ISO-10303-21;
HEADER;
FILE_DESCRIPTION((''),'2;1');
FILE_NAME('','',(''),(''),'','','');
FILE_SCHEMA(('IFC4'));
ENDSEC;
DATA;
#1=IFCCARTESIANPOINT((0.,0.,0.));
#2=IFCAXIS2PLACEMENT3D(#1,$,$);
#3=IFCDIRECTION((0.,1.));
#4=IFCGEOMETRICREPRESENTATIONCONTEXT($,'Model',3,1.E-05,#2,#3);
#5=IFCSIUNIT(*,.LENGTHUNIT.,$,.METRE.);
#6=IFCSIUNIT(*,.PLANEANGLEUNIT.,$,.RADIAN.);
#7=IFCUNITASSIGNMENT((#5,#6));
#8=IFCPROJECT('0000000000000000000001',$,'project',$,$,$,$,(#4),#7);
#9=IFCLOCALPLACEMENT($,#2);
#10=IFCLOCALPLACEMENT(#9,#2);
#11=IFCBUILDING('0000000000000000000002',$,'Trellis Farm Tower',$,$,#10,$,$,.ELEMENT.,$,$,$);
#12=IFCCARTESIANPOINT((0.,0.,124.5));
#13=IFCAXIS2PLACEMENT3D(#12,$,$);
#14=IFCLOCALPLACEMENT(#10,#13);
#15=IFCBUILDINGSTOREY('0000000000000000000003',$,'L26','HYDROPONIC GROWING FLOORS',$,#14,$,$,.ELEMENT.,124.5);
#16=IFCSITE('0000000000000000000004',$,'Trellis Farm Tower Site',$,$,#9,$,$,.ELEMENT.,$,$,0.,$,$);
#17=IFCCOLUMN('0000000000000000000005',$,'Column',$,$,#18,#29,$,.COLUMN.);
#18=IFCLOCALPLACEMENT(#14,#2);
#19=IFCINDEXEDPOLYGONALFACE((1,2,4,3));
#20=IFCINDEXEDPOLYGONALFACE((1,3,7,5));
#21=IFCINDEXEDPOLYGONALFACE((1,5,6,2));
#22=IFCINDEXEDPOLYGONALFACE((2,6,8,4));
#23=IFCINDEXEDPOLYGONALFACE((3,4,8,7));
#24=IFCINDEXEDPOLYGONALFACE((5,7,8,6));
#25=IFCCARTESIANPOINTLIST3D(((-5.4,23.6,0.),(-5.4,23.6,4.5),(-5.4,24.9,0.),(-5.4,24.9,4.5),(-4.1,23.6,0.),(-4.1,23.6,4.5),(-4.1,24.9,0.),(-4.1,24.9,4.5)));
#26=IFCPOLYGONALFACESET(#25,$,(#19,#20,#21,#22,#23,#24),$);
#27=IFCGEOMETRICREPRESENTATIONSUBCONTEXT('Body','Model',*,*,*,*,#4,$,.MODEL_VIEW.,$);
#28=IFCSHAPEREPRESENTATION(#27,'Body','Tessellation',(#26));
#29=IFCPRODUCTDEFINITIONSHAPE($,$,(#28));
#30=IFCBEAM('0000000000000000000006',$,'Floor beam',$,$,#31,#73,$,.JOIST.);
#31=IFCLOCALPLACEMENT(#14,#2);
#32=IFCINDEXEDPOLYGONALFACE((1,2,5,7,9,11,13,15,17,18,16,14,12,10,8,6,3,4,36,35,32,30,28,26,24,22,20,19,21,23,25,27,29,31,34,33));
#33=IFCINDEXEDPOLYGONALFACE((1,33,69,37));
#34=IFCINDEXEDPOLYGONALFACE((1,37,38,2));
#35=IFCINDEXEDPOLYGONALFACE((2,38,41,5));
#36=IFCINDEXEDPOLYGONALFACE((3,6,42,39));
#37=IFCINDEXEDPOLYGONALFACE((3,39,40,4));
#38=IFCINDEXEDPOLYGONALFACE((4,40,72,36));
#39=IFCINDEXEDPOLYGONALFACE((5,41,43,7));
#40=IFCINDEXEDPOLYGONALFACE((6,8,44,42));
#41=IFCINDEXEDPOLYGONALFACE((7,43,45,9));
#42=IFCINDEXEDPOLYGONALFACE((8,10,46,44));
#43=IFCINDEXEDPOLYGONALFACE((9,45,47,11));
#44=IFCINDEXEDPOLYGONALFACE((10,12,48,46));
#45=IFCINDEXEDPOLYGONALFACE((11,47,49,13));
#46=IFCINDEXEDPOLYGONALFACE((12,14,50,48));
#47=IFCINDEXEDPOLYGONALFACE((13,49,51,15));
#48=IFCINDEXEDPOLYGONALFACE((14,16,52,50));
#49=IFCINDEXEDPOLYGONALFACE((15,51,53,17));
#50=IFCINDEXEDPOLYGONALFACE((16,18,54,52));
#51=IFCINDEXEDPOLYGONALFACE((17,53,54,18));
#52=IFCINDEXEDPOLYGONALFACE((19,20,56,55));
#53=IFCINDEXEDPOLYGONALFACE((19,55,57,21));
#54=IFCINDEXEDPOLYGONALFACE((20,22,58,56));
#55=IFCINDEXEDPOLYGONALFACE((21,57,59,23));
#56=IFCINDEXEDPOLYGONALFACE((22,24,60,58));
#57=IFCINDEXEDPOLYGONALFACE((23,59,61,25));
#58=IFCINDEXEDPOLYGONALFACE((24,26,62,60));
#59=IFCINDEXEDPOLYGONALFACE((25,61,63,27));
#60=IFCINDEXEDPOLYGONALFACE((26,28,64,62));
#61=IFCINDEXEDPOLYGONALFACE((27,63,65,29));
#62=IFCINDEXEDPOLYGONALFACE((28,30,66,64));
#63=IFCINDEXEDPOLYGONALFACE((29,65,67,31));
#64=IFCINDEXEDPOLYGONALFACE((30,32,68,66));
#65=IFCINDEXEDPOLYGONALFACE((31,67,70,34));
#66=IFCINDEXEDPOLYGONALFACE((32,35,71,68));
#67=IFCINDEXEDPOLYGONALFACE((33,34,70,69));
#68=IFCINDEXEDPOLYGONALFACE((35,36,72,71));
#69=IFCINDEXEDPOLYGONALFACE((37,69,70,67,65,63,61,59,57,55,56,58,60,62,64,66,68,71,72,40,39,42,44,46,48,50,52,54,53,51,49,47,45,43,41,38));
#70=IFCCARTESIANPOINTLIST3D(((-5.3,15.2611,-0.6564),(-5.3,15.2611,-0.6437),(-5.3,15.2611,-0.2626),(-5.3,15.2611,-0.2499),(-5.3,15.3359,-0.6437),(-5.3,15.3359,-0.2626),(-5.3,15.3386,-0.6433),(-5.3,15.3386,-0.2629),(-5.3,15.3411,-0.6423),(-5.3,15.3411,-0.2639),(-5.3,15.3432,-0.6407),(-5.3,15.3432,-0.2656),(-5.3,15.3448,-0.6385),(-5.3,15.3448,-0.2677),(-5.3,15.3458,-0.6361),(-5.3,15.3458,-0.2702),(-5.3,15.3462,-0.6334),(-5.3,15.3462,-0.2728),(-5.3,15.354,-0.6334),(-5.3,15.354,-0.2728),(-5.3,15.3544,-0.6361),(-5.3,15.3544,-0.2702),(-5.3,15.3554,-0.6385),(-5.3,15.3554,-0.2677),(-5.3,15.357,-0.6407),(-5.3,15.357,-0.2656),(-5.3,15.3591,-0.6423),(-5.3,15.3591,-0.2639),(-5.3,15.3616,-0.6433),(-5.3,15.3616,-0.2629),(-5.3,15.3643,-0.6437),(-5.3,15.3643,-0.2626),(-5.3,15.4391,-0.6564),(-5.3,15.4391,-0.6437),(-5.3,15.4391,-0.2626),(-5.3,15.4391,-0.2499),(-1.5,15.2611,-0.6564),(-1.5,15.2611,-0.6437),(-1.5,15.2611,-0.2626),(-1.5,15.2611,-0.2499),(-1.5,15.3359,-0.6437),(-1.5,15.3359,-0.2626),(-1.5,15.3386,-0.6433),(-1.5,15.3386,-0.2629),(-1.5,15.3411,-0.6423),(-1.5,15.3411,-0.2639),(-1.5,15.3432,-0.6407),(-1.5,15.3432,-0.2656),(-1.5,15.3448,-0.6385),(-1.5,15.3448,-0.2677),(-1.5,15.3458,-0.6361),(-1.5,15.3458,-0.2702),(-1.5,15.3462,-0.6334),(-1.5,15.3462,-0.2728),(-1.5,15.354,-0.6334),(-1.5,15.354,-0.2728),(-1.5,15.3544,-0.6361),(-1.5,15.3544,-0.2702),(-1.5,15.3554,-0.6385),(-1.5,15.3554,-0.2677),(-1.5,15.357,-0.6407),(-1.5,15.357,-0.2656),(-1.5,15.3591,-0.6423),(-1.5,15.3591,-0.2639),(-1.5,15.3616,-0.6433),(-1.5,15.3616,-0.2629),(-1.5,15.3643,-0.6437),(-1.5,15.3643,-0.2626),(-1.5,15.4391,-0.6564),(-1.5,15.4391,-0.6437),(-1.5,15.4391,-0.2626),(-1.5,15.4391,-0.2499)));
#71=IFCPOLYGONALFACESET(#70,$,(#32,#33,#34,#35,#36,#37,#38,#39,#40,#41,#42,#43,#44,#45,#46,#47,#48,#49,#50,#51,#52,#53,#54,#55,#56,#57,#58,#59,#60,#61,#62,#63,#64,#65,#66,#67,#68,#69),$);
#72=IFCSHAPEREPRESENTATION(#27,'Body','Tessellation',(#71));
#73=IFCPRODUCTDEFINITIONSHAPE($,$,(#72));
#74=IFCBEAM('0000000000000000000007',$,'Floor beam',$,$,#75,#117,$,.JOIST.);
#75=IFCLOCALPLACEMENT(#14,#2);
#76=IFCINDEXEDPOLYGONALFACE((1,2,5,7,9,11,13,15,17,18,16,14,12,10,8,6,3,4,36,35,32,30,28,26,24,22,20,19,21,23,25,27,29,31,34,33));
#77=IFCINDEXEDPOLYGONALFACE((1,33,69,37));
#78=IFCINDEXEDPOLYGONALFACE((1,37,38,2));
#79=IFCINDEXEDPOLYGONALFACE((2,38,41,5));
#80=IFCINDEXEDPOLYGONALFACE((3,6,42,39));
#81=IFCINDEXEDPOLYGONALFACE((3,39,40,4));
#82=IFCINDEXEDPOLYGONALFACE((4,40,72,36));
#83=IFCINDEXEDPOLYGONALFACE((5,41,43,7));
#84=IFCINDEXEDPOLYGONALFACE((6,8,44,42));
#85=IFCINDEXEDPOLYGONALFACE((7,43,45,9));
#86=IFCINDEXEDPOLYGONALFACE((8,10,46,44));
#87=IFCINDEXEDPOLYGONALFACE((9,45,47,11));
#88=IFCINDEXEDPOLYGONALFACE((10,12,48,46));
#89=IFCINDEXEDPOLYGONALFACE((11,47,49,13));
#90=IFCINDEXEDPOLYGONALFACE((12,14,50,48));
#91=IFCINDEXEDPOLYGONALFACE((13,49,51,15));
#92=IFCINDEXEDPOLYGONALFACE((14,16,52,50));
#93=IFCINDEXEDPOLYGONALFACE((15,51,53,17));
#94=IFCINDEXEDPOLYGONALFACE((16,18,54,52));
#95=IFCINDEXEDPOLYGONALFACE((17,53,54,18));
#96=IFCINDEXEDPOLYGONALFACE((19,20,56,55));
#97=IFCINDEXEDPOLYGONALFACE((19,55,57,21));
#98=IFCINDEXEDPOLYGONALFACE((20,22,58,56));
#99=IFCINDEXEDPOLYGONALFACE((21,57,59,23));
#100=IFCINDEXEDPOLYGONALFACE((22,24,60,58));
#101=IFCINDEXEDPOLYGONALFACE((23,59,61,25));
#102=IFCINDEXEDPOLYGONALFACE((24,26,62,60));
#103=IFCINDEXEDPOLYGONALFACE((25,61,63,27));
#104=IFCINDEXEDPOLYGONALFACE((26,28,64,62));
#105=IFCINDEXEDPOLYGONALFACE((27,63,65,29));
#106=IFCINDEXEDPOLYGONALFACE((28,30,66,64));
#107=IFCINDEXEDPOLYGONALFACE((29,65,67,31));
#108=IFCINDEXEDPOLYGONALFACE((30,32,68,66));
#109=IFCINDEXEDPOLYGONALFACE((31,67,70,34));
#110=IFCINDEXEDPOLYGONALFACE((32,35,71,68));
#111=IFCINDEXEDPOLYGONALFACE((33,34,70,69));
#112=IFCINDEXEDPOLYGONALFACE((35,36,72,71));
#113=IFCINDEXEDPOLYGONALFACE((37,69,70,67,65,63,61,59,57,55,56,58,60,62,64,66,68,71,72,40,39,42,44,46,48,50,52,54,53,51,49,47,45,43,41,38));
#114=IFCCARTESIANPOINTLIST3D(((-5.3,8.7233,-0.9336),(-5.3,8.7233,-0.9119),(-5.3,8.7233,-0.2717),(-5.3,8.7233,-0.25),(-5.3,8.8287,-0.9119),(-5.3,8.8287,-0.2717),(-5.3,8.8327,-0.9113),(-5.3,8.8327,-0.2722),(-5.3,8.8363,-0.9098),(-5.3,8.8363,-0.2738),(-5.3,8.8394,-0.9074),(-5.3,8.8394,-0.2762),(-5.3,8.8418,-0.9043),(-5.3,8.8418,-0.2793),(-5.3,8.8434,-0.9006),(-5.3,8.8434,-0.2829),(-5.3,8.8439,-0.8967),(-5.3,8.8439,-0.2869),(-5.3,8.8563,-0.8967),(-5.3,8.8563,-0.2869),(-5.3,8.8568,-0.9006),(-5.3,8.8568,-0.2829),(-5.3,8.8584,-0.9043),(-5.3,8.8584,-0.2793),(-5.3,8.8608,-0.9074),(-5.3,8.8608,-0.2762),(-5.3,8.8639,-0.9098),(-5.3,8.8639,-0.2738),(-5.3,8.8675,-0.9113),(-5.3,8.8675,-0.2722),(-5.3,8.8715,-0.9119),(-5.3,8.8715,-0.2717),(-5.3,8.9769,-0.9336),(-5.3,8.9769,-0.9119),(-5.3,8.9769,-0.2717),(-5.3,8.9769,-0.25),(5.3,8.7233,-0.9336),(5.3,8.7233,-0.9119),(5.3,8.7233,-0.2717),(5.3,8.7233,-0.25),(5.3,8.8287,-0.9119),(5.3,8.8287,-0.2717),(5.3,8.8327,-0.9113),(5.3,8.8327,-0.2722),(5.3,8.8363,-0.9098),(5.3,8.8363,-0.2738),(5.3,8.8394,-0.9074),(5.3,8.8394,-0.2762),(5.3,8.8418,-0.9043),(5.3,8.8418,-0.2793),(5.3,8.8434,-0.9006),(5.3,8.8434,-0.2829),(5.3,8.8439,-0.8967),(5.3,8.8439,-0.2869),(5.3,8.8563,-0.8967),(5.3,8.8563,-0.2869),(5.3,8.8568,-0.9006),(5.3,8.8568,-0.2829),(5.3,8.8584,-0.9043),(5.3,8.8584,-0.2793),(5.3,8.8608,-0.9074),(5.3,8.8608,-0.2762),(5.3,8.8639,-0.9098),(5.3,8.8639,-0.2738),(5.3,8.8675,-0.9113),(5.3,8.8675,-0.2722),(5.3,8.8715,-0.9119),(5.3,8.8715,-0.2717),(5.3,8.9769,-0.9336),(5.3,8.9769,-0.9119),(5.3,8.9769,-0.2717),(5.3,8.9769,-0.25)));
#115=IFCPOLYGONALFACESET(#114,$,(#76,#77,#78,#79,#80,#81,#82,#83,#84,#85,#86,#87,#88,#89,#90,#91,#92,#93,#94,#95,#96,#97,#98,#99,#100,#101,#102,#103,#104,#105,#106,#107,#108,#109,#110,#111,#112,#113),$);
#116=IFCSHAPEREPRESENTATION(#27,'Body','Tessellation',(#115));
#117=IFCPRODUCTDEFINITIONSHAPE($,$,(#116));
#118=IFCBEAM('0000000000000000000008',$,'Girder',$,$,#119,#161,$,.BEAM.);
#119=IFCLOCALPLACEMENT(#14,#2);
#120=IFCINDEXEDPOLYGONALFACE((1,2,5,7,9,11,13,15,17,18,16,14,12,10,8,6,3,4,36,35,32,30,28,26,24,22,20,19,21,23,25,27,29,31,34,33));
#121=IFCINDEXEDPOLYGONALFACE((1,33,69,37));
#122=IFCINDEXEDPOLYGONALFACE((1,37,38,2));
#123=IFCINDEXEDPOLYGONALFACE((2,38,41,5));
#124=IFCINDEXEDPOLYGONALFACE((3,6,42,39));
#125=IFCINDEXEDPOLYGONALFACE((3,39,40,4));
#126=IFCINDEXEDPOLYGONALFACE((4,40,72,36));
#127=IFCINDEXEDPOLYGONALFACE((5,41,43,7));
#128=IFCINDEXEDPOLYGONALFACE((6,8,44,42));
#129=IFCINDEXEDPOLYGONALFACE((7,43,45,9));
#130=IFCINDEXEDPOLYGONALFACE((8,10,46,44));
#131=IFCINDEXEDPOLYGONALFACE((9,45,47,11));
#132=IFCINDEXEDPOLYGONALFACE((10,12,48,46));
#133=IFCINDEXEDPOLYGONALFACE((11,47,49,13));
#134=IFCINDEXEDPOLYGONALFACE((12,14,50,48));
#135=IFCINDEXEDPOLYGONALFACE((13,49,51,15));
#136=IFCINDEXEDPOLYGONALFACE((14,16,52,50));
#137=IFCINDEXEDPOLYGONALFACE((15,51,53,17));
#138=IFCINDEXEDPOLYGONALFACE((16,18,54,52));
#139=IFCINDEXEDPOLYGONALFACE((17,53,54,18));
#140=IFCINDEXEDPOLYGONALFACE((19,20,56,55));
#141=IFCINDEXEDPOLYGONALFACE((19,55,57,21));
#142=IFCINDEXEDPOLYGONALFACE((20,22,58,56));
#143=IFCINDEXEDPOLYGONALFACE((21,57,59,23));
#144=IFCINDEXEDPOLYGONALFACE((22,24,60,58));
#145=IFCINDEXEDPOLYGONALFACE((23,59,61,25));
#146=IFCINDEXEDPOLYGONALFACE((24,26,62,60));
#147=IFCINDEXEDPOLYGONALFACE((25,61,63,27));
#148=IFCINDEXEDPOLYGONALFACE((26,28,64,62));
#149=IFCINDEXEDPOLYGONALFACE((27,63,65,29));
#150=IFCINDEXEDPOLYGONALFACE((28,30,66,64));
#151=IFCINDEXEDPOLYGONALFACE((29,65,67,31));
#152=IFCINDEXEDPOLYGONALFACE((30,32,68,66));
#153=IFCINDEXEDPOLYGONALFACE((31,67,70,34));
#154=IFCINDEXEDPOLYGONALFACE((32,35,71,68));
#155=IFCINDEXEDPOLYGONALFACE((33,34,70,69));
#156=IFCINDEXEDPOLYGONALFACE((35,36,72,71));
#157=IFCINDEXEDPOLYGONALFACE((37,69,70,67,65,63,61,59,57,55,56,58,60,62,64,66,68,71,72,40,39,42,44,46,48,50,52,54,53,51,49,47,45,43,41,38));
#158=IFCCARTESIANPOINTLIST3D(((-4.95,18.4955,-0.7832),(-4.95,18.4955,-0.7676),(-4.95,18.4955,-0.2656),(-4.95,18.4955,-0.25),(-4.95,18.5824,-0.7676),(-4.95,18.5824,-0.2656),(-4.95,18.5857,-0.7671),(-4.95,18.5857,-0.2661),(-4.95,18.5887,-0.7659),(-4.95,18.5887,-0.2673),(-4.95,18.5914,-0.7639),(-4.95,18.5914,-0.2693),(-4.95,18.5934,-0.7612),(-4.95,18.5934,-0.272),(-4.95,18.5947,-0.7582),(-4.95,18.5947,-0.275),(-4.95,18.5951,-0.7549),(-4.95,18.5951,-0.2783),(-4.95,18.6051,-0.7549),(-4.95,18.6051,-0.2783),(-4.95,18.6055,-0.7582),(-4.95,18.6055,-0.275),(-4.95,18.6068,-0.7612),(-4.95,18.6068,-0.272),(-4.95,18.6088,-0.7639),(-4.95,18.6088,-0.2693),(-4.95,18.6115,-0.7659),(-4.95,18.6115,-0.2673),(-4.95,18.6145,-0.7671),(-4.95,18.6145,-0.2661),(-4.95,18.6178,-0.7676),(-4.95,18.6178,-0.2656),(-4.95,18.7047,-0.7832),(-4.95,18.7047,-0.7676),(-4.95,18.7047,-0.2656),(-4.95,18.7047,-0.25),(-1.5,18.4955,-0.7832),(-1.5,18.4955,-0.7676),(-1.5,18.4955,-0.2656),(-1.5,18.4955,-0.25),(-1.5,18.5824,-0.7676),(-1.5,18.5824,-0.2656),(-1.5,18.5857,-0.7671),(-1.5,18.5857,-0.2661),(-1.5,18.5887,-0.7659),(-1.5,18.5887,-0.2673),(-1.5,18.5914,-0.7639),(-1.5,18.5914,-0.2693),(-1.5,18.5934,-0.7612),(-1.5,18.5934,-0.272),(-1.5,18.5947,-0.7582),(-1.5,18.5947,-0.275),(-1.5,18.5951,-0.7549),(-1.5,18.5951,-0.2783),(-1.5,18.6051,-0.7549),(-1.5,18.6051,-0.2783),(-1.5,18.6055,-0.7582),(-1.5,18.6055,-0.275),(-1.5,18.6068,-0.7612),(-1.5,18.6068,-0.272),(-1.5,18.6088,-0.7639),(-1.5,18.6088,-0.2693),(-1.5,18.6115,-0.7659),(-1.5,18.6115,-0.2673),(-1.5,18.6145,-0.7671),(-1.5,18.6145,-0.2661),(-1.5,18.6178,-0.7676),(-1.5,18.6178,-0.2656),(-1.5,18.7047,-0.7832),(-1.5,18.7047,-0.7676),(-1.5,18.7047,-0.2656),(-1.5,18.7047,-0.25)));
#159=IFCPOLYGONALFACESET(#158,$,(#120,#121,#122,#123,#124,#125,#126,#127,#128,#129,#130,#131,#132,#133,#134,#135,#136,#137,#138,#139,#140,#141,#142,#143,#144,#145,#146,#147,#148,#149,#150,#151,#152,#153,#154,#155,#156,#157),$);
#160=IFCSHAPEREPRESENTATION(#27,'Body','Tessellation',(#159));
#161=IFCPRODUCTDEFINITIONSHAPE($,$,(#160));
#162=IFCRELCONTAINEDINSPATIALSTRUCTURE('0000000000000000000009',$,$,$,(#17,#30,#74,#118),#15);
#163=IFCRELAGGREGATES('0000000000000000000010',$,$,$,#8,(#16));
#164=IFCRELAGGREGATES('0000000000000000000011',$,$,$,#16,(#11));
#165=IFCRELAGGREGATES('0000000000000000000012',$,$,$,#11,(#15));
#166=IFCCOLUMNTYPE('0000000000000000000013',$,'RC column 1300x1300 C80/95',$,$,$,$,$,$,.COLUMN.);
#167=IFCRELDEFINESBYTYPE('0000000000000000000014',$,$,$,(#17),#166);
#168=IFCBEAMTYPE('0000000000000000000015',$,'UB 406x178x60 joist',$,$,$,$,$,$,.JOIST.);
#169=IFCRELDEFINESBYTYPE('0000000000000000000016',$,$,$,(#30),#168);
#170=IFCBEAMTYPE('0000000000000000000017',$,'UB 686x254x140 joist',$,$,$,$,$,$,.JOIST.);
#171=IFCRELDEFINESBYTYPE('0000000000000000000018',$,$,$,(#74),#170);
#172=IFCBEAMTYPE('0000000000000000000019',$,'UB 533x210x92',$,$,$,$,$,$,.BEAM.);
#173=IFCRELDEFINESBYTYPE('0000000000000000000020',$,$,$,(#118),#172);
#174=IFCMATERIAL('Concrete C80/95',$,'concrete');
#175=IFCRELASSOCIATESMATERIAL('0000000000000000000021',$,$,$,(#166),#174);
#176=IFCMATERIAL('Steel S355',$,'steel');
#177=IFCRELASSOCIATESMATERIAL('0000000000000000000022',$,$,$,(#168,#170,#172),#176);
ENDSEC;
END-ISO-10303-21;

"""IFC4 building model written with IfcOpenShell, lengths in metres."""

from ifc_helpers import new_model, si_unit, direction, frame, origin, origin_2d, place, context, subcontext, project, spatial, rectangle, i_section, extrude, source, transform, mapped, material, material_profile, profile_set, type_object, element, save


model = new_model("IFC4")

# Units and contexts
model_context = context("Model", 3, precision=1e-05, world=origin(), true_north=direction((0.0, 1.0)))
body_context = subcontext(model_context, "Body", "Model", "MODEL_VIEW")
ifc_project = project(units=[si_unit("LENGTHUNIT", "METRE"), si_unit("PLANEANGLEUNIT", "RADIAN")], contexts=[model_context])

# Site, building, storey
site_placement = place(None, origin())
site = spatial("IfcSite", under=ifc_project, at=site_placement, Name="Trellis Farm Tower Site", CompositionType="ELEMENT", RefElevation=0.0)
building_placement = place(site_placement, origin())
building = spatial("IfcBuilding", under=site, at=building_placement, Name="Trellis Farm Tower", CompositionType="ELEMENT")
storey_placement = place(building_placement, frame((0.0, 0.0, 124.5)))
storey = spatial("IfcBuildingStorey", under=building, at=storey_placement, Name="L26", Description="HYDROPONIC GROWING FLOORS", CompositionType="ELEMENT", Elevation=124.5)

# Column
ifc_material_1 = material(Name="Concrete C80/95", Category="concrete")
ifc_material_profile_1 = material_profile(ifc_material_1, rectangle(XDim=1.3, YDim=1.3, at=origin_2d()), Name="RC column 1300x1300 C80/95")
ifc_profile_set_1 = profile_set([ifc_material_profile_1], Name="Concrete C80/95")
column_type = type_object("IfcColumnType", Name="RC column 1300x1300 C80/95", PredefinedType="COLUMN", material=ifc_profile_set_1)
shared_shape_1 = source(origin(), body_context, "Body", "SweptSolid", [
    extrude(rectangle(XDim=1.3, YDim=1.3, at=origin_2d()), origin(), (0.0, 0.0, 1.0), 4.5),
])
column_placement = place(storey_placement, frame((-4.75, 24.25, 0.0), z_axis=(0.0, 0.0, 1.0), x_axis=(1.0, 0.0, 0.0)))
element("IfcColumn", 1, at=column_placement, inside=storey, type_object=column_type, Name="Column", PredefinedType="COLUMN", context=body_context, shape_type="MappedRepresentation", body=[
    mapped(shared_shape_1, transform((0.0, 0.0, 0.0))),
])

# Beams
ifc_material_2 = material(Name="Steel S355", Category="steel")
ifc_material_profile_2 = material_profile(ifc_material_2, i_section(OverallWidth=0.178, OverallDepth=0.4065, WebThickness=0.0078, FlangeThickness=0.0127, FilletRadius=0.0103, at=origin_2d()), Name="UB 406x178x60")
ifc_profile_set_2 = profile_set([ifc_material_profile_2], Name="Steel S355")
beam_type_1 = type_object("IfcBeamType", Name="UB 406x178x60 joist", PredefinedType="JOIST", material=ifc_profile_set_2)
shared_shape_2 = source(origin(), body_context, "Body", "SweptSolid", [
    extrude(i_section(OverallWidth=0.178, OverallDepth=0.4065, WebThickness=0.0078, FlangeThickness=0.0127, FilletRadius=0.0103, at=origin_2d()), origin(), (0.0, 0.0, 1.0), 3.8),
])
beam_1_placement = place(storey_placement, frame((-5.3, 15.3501, -0.4531), z_axis=(1.0, 0.0, 0.0), x_axis=(0.0, 1.0, 0.0)))
element("IfcBeam", 2, at=beam_1_placement, inside=storey, type_object=beam_type_1, Name="Floor beam", PredefinedType="JOIST", context=body_context, shape_type="MappedRepresentation", body=[
    mapped(shared_shape_2, transform((0.0, 0.0, 0.0))),
])
ifc_material_profile_3 = material_profile(ifc_material_2, i_section(OverallWidth=0.2537, OverallDepth=0.6836, WebThickness=0.0125, FlangeThickness=0.0217, FilletRadius=0.0151, at=origin_2d()), Name="UB 686x254x140")
ifc_profile_set_3 = profile_set([ifc_material_profile_3], Name="Steel S355")
beam_type_2 = type_object("IfcBeamType", Name="UB 686x254x140 joist", PredefinedType="JOIST", material=ifc_profile_set_3)
shared_shape_3 = source(origin(), body_context, "Body", "SweptSolid", [
    extrude(i_section(OverallWidth=0.2537, OverallDepth=0.6836, WebThickness=0.0125, FlangeThickness=0.0217, FilletRadius=0.0151, at=origin_2d()), origin(), (0.0, 0.0, 1.0), 10.6001),
])
beam_2_placement = place(storey_placement, frame((-5.3, 8.8501, -0.5918), z_axis=(1.0, 0.0, 0.0), x_axis=(0.0, 1.0, 0.0)))
element("IfcBeam", 3, at=beam_2_placement, inside=storey, type_object=beam_type_2, Name="Floor beam", PredefinedType="JOIST", context=body_context, shape_type="MappedRepresentation", body=[
    mapped(shared_shape_3, transform((0.0, 0.0, 0.0))),
])
ifc_material_profile_4 = material_profile(ifc_material_2, i_section(OverallWidth=0.2092, OverallDepth=0.5332, WebThickness=0.01, FlangeThickness=0.0156, FilletRadius=0.0127, at=origin_2d()), Name="UB 533x210x92")
ifc_profile_set_4 = profile_set([ifc_material_profile_4], Name="Steel S355")
beam_type_3 = type_object("IfcBeamType", Name="UB 533x210x92", PredefinedType="BEAM", material=ifc_profile_set_4)
shared_shape_4 = source(origin(), body_context, "Body", "SweptSolid", [
    extrude(i_section(OverallWidth=0.2092, OverallDepth=0.5332, WebThickness=0.01, FlangeThickness=0.0156, FilletRadius=0.0127, at=origin_2d()), origin(), (0.0, 0.0, 1.0), 3.45),
])
beam_3_placement = place(storey_placement, frame((-4.95, 18.6001, -0.5166), z_axis=(1.0, 0.0, 0.0), x_axis=(0.0, 1.0, 0.0)))
element("IfcBeam", 4, at=beam_3_placement, inside=storey, type_object=beam_type_3, Name="Girder", PredefinedType="BEAM", context=body_context, shape_type="MappedRepresentation", body=[
    mapped(shared_shape_4, transform((0.0, 0.0, 0.0))),
])

save(model, "model.ifc")
